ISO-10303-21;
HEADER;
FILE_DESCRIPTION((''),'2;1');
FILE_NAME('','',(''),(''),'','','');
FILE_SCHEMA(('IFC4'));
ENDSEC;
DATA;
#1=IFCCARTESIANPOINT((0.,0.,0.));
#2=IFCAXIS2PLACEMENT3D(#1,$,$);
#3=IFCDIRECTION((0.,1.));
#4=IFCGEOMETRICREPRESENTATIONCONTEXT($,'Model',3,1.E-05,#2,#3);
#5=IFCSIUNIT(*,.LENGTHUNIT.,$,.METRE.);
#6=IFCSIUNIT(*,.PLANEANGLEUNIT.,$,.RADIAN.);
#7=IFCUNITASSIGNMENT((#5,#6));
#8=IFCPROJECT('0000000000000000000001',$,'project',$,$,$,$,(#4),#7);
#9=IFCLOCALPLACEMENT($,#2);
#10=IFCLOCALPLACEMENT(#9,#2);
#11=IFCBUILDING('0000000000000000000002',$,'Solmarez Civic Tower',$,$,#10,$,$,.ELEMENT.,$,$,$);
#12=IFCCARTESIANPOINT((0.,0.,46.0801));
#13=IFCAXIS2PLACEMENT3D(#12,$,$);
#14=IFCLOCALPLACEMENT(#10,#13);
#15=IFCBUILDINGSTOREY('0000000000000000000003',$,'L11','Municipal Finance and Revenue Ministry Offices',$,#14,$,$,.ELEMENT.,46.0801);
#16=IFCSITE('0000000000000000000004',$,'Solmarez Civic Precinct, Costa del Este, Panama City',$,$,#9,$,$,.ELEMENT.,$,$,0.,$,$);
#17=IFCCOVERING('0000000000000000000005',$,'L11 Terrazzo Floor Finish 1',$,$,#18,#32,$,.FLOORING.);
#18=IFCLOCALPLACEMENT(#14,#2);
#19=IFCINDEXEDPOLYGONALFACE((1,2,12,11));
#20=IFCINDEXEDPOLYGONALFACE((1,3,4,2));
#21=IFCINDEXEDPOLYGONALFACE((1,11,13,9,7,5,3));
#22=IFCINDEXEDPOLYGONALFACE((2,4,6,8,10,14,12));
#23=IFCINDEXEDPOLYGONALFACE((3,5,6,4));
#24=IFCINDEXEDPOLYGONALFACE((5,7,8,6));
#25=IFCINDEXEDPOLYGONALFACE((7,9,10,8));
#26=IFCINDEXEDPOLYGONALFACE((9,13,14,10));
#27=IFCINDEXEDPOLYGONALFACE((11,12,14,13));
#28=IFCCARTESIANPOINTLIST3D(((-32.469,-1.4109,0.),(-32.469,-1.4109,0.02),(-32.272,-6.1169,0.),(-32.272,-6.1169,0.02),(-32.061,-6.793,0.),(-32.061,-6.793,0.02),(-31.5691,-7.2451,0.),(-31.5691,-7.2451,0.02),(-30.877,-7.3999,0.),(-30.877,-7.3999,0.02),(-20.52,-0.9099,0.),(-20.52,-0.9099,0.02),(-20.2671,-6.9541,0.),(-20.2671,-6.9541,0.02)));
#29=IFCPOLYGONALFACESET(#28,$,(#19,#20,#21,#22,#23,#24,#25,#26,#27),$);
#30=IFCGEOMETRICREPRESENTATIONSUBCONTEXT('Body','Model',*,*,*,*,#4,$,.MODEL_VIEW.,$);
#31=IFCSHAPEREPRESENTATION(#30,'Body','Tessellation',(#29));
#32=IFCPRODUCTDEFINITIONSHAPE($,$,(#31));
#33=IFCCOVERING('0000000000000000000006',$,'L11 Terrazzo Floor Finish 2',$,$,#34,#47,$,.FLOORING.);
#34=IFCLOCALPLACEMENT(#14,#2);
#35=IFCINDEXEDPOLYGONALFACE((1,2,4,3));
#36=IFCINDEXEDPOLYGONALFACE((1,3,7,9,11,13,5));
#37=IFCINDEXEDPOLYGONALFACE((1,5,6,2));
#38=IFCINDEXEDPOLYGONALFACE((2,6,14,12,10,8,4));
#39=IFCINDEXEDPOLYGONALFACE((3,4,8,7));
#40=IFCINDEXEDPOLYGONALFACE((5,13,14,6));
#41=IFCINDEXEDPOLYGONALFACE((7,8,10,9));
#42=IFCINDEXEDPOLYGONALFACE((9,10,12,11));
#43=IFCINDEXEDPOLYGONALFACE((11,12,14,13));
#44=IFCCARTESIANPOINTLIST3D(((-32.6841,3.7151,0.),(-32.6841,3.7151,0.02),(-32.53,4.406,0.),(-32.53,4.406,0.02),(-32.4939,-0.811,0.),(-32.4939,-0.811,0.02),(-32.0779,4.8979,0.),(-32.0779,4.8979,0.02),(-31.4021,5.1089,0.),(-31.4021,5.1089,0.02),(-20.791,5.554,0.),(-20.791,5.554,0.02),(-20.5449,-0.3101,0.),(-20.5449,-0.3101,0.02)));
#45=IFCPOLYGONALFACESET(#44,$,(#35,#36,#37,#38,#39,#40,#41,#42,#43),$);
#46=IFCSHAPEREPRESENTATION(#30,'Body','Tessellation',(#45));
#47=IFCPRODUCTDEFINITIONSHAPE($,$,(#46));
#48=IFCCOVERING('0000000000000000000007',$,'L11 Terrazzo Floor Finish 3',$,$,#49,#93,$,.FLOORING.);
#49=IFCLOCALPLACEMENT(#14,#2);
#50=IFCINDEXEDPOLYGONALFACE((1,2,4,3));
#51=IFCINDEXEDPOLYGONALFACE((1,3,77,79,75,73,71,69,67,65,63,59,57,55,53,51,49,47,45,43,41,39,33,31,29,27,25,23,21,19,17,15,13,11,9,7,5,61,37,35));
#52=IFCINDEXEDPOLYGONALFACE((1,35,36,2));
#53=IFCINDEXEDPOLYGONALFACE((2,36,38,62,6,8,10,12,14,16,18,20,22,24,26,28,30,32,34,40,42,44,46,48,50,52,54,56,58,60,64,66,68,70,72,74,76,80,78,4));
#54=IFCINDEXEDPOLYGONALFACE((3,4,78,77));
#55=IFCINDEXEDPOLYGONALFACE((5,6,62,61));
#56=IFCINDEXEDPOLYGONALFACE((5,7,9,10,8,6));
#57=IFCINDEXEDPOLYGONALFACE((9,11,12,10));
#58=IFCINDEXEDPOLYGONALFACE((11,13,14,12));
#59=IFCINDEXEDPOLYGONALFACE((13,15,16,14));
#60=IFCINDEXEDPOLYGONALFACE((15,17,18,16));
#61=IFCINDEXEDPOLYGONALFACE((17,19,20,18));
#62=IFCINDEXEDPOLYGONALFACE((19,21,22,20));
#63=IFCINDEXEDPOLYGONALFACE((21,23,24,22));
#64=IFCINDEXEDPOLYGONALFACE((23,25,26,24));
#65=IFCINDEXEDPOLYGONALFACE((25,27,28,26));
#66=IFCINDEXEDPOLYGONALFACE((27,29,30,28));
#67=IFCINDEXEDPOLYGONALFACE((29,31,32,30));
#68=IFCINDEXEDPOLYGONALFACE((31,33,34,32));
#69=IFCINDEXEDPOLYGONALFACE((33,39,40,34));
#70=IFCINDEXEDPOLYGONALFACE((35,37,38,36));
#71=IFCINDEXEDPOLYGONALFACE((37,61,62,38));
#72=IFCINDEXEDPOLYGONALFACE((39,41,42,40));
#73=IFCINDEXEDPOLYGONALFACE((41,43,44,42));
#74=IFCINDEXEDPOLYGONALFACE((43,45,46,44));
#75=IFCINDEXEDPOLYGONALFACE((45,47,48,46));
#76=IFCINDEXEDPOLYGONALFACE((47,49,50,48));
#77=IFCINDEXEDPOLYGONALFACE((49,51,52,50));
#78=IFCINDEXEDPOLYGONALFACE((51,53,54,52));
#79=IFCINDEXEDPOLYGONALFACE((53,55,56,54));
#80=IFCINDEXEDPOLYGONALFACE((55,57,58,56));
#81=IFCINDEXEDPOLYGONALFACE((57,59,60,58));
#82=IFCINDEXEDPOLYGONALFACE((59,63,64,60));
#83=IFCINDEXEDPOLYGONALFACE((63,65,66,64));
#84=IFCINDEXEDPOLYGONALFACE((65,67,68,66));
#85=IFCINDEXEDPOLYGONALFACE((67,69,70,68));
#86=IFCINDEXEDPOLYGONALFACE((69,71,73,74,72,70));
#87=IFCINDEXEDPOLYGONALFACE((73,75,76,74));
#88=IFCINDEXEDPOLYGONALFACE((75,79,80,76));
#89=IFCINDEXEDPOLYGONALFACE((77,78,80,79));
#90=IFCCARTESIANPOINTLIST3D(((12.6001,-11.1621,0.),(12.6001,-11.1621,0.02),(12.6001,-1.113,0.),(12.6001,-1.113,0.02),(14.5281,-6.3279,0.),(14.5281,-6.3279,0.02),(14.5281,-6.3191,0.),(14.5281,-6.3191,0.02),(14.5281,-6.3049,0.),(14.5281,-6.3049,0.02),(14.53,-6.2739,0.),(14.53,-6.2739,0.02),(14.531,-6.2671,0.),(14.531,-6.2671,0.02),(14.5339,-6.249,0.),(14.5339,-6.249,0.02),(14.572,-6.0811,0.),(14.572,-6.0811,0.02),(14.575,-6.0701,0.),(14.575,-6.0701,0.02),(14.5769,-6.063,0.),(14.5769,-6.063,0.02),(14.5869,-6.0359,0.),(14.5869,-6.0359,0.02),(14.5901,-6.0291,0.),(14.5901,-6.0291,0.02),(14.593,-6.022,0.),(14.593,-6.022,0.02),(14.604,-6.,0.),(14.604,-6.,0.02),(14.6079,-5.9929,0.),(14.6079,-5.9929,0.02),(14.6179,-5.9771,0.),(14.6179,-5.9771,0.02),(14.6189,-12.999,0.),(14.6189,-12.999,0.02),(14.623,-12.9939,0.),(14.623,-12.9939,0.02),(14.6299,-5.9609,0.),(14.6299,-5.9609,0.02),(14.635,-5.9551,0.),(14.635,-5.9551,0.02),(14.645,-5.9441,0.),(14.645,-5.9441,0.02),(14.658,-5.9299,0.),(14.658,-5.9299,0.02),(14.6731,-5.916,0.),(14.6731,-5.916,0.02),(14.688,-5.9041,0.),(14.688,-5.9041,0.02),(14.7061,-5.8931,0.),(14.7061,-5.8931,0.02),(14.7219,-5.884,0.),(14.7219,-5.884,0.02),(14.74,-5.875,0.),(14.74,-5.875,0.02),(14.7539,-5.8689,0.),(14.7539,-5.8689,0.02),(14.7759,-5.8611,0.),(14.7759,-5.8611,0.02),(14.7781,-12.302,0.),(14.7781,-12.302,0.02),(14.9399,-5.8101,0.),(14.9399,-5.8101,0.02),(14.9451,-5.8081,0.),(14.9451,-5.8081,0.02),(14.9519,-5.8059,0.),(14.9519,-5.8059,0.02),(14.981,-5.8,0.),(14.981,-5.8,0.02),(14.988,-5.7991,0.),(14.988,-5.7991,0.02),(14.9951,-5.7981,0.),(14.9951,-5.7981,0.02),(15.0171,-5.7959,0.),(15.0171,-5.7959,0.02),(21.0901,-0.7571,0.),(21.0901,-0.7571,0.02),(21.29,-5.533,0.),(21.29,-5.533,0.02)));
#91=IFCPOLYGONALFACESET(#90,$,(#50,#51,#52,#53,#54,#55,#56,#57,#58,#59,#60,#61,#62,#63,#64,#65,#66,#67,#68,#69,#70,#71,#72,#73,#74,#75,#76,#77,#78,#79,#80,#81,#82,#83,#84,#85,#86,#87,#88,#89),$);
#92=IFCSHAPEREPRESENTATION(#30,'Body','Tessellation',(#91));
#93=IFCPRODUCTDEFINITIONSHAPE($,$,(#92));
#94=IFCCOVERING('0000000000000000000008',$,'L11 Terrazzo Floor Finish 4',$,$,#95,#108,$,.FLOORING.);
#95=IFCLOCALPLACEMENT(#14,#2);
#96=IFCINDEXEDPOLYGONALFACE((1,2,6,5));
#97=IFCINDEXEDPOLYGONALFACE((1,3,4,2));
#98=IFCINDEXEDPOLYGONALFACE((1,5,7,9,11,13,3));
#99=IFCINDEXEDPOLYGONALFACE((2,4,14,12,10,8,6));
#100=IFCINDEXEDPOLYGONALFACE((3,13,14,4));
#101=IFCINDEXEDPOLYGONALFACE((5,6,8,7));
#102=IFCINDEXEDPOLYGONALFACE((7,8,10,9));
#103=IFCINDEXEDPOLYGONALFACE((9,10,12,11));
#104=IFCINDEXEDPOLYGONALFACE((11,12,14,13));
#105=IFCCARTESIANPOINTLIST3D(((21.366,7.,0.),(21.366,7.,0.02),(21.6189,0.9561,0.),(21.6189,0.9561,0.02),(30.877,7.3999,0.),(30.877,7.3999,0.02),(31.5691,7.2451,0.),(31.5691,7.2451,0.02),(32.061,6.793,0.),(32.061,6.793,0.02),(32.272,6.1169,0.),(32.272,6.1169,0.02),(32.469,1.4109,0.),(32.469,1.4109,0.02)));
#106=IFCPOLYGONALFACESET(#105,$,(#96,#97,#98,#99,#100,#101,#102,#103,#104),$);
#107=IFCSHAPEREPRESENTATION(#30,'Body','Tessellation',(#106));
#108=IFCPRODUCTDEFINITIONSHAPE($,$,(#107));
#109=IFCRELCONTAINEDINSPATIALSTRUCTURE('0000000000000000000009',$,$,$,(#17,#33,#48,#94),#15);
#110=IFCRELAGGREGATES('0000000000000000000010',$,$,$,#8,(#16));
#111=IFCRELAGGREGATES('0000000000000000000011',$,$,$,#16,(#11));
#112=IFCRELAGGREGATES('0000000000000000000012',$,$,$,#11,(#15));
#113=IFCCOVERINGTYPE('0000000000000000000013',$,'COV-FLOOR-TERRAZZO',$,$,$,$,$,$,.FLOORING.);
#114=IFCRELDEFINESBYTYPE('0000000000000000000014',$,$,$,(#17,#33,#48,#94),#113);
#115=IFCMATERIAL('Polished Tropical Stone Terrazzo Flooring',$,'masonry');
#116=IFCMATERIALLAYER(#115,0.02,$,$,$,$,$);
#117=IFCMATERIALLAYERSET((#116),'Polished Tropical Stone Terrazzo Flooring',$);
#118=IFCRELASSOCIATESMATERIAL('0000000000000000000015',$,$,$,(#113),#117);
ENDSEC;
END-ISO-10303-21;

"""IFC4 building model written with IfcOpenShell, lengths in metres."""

from ifc_helpers import new_model, si_unit, direction, frame, origin, place, context, subcontext, project, spatial, polyline, outline, extrude, material, layer, layer_set, type_object, element, save


model = new_model("IFC4")

# Units and contexts
model_context = context("Model", 3, precision=1e-05, world=origin(), true_north=direction((0.0, 1.0)))
body_context = subcontext(model_context, "Body", "Model", "MODEL_VIEW")
ifc_project = project(units=[si_unit("LENGTHUNIT", "METRE"), si_unit("PLANEANGLEUNIT", "RADIAN")], contexts=[model_context])

# Site, building, storey
site_placement = place(None, origin())
site = spatial("IfcSite", under=ifc_project, at=site_placement, Name="Solmarez Civic Precinct, Costa del Este, Panama City", CompositionType="ELEMENT", RefElevation=0.0)
building_placement = place(site_placement, origin())
building = spatial("IfcBuilding", under=site, at=building_placement, Name="Solmarez Civic Tower", CompositionType="ELEMENT")
storey_placement = place(building_placement, frame((0.0, 0.0, 46.0801)))
storey = spatial("IfcBuildingStorey", under=building, at=storey_placement, Name="L11", Description="Municipal Finance and Revenue Ministry Offices", CompositionType="ELEMENT", Elevation=46.0801)

# Coverings
ifc_material_1 = material(Name="Polished Tropical Stone Terrazzo Flooring", Category="masonry")
ifc_layer_1 = layer(ifc_material_1, 0.02)
ifc_layer_set_1 = layer_set([ifc_layer_1], Name="Polished Tropical Stone Terrazzo Flooring")
covering_type_1 = type_object("IfcCoveringType", Name="COV-FLOOR-TERRAZZO", PredefinedType="FLOORING", material=ifc_layer_set_1)
covering_1_placement = place(storey_placement, origin())
element("IfcCovering", 1, at=covering_1_placement, inside=storey, type_object=covering_type_1, Name="L11 Terrazzo Floor Finish 1", PredefinedType="FLOORING", context=body_context, shape_type="SweptSolid", body=[
    extrude(outline(polyline([(-32.469, -1.4109), (-32.272, -6.1169), (-32.061, -6.793), (-31.5691, -7.2451), (-30.877, -7.3999), (-20.2671, -6.9541), (-20.52, -0.9099), (-32.469, -1.4109)])), origin(), (0.0, 0.0, 1.0), 0.02),
])
covering_2_placement = place(storey_placement, origin())
element("IfcCovering", 2, at=covering_2_placement, inside=storey, type_object=covering_type_1, Name="L11 Terrazzo Floor Finish 2", PredefinedType="FLOORING", context=body_context, shape_type="SweptSolid", body=[
    extrude(outline(polyline([(-20.791, 5.554), (-31.4021, 5.1089), (-32.0779, 4.8979), (-32.53, 4.406), (-32.6841, 3.7151), (-32.4939, -0.811), (-20.5449, -0.3101), (-20.791, 5.554)])), origin(), (0.0, 0.0, 1.0), 0.02),
])
covering_3_placement = place(storey_placement, origin())
element("IfcCovering", 3, at=covering_3_placement, inside=storey, type_object=covering_type_1, Name="L11 Terrazzo Floor Finish 3", PredefinedType="FLOORING", context=body_context, shape_type="SweptSolid", body=[
    extrude(outline(polyline([(12.6001, -1.113), (12.6001, -11.1621), (14.6189, -12.999), (14.623, -12.9939), (14.7781, -12.302), (14.5281, -6.3279), (14.5281, -6.3191), (14.5281, -6.3049), (14.53, -6.2739), (14.531, -6.2671), (14.5339, -6.249), (14.572, -6.0811), (14.575, -6.0701), (14.5769, -6.063), (14.5869, -6.0359), (14.5901, -6.0291), (14.593, -6.022), (14.604, -6.0), (14.6079, -5.9929), (14.6179, -5.9771), (14.6299, -5.9609), (14.635, -5.9551), (14.645, -5.9441), (14.658, -5.9299), (14.6731, -5.916), (14.688, -5.9041), (14.7061, -5.8931), (14.7219, -5.884), (14.74, -5.875), (14.7539, -5.8689), (14.7759, -5.8611), (14.9399, -5.8101), (14.9451, -5.8081), (14.9519, -5.8059), (14.981, -5.8), (14.988, -5.7991), (14.9951, -5.7981), (15.0171, -5.7959), (21.29, -5.533), (21.0901, -0.7571), (12.6001, -1.113)])), origin(), (0.0, 0.0, 1.0), 0.02),
])
covering_4_placement = place(storey_placement, origin())
element("IfcCovering", 4, at=covering_4_placement, inside=storey, type_object=covering_type_1, Name="L11 Terrazzo Floor Finish 4", PredefinedType="FLOORING", context=body_context, shape_type="SweptSolid", body=[
    extrude(outline(polyline([(32.469, 1.4109), (32.272, 6.1169), (32.061, 6.793), (31.5691, 7.2451), (30.877, 7.3999), (21.366, 7.0), (21.6189, 0.9561), (32.469, 1.4109)])), origin(), (0.0, 0.0, 1.0), 0.02),
])

save(model, "model.ifc")
